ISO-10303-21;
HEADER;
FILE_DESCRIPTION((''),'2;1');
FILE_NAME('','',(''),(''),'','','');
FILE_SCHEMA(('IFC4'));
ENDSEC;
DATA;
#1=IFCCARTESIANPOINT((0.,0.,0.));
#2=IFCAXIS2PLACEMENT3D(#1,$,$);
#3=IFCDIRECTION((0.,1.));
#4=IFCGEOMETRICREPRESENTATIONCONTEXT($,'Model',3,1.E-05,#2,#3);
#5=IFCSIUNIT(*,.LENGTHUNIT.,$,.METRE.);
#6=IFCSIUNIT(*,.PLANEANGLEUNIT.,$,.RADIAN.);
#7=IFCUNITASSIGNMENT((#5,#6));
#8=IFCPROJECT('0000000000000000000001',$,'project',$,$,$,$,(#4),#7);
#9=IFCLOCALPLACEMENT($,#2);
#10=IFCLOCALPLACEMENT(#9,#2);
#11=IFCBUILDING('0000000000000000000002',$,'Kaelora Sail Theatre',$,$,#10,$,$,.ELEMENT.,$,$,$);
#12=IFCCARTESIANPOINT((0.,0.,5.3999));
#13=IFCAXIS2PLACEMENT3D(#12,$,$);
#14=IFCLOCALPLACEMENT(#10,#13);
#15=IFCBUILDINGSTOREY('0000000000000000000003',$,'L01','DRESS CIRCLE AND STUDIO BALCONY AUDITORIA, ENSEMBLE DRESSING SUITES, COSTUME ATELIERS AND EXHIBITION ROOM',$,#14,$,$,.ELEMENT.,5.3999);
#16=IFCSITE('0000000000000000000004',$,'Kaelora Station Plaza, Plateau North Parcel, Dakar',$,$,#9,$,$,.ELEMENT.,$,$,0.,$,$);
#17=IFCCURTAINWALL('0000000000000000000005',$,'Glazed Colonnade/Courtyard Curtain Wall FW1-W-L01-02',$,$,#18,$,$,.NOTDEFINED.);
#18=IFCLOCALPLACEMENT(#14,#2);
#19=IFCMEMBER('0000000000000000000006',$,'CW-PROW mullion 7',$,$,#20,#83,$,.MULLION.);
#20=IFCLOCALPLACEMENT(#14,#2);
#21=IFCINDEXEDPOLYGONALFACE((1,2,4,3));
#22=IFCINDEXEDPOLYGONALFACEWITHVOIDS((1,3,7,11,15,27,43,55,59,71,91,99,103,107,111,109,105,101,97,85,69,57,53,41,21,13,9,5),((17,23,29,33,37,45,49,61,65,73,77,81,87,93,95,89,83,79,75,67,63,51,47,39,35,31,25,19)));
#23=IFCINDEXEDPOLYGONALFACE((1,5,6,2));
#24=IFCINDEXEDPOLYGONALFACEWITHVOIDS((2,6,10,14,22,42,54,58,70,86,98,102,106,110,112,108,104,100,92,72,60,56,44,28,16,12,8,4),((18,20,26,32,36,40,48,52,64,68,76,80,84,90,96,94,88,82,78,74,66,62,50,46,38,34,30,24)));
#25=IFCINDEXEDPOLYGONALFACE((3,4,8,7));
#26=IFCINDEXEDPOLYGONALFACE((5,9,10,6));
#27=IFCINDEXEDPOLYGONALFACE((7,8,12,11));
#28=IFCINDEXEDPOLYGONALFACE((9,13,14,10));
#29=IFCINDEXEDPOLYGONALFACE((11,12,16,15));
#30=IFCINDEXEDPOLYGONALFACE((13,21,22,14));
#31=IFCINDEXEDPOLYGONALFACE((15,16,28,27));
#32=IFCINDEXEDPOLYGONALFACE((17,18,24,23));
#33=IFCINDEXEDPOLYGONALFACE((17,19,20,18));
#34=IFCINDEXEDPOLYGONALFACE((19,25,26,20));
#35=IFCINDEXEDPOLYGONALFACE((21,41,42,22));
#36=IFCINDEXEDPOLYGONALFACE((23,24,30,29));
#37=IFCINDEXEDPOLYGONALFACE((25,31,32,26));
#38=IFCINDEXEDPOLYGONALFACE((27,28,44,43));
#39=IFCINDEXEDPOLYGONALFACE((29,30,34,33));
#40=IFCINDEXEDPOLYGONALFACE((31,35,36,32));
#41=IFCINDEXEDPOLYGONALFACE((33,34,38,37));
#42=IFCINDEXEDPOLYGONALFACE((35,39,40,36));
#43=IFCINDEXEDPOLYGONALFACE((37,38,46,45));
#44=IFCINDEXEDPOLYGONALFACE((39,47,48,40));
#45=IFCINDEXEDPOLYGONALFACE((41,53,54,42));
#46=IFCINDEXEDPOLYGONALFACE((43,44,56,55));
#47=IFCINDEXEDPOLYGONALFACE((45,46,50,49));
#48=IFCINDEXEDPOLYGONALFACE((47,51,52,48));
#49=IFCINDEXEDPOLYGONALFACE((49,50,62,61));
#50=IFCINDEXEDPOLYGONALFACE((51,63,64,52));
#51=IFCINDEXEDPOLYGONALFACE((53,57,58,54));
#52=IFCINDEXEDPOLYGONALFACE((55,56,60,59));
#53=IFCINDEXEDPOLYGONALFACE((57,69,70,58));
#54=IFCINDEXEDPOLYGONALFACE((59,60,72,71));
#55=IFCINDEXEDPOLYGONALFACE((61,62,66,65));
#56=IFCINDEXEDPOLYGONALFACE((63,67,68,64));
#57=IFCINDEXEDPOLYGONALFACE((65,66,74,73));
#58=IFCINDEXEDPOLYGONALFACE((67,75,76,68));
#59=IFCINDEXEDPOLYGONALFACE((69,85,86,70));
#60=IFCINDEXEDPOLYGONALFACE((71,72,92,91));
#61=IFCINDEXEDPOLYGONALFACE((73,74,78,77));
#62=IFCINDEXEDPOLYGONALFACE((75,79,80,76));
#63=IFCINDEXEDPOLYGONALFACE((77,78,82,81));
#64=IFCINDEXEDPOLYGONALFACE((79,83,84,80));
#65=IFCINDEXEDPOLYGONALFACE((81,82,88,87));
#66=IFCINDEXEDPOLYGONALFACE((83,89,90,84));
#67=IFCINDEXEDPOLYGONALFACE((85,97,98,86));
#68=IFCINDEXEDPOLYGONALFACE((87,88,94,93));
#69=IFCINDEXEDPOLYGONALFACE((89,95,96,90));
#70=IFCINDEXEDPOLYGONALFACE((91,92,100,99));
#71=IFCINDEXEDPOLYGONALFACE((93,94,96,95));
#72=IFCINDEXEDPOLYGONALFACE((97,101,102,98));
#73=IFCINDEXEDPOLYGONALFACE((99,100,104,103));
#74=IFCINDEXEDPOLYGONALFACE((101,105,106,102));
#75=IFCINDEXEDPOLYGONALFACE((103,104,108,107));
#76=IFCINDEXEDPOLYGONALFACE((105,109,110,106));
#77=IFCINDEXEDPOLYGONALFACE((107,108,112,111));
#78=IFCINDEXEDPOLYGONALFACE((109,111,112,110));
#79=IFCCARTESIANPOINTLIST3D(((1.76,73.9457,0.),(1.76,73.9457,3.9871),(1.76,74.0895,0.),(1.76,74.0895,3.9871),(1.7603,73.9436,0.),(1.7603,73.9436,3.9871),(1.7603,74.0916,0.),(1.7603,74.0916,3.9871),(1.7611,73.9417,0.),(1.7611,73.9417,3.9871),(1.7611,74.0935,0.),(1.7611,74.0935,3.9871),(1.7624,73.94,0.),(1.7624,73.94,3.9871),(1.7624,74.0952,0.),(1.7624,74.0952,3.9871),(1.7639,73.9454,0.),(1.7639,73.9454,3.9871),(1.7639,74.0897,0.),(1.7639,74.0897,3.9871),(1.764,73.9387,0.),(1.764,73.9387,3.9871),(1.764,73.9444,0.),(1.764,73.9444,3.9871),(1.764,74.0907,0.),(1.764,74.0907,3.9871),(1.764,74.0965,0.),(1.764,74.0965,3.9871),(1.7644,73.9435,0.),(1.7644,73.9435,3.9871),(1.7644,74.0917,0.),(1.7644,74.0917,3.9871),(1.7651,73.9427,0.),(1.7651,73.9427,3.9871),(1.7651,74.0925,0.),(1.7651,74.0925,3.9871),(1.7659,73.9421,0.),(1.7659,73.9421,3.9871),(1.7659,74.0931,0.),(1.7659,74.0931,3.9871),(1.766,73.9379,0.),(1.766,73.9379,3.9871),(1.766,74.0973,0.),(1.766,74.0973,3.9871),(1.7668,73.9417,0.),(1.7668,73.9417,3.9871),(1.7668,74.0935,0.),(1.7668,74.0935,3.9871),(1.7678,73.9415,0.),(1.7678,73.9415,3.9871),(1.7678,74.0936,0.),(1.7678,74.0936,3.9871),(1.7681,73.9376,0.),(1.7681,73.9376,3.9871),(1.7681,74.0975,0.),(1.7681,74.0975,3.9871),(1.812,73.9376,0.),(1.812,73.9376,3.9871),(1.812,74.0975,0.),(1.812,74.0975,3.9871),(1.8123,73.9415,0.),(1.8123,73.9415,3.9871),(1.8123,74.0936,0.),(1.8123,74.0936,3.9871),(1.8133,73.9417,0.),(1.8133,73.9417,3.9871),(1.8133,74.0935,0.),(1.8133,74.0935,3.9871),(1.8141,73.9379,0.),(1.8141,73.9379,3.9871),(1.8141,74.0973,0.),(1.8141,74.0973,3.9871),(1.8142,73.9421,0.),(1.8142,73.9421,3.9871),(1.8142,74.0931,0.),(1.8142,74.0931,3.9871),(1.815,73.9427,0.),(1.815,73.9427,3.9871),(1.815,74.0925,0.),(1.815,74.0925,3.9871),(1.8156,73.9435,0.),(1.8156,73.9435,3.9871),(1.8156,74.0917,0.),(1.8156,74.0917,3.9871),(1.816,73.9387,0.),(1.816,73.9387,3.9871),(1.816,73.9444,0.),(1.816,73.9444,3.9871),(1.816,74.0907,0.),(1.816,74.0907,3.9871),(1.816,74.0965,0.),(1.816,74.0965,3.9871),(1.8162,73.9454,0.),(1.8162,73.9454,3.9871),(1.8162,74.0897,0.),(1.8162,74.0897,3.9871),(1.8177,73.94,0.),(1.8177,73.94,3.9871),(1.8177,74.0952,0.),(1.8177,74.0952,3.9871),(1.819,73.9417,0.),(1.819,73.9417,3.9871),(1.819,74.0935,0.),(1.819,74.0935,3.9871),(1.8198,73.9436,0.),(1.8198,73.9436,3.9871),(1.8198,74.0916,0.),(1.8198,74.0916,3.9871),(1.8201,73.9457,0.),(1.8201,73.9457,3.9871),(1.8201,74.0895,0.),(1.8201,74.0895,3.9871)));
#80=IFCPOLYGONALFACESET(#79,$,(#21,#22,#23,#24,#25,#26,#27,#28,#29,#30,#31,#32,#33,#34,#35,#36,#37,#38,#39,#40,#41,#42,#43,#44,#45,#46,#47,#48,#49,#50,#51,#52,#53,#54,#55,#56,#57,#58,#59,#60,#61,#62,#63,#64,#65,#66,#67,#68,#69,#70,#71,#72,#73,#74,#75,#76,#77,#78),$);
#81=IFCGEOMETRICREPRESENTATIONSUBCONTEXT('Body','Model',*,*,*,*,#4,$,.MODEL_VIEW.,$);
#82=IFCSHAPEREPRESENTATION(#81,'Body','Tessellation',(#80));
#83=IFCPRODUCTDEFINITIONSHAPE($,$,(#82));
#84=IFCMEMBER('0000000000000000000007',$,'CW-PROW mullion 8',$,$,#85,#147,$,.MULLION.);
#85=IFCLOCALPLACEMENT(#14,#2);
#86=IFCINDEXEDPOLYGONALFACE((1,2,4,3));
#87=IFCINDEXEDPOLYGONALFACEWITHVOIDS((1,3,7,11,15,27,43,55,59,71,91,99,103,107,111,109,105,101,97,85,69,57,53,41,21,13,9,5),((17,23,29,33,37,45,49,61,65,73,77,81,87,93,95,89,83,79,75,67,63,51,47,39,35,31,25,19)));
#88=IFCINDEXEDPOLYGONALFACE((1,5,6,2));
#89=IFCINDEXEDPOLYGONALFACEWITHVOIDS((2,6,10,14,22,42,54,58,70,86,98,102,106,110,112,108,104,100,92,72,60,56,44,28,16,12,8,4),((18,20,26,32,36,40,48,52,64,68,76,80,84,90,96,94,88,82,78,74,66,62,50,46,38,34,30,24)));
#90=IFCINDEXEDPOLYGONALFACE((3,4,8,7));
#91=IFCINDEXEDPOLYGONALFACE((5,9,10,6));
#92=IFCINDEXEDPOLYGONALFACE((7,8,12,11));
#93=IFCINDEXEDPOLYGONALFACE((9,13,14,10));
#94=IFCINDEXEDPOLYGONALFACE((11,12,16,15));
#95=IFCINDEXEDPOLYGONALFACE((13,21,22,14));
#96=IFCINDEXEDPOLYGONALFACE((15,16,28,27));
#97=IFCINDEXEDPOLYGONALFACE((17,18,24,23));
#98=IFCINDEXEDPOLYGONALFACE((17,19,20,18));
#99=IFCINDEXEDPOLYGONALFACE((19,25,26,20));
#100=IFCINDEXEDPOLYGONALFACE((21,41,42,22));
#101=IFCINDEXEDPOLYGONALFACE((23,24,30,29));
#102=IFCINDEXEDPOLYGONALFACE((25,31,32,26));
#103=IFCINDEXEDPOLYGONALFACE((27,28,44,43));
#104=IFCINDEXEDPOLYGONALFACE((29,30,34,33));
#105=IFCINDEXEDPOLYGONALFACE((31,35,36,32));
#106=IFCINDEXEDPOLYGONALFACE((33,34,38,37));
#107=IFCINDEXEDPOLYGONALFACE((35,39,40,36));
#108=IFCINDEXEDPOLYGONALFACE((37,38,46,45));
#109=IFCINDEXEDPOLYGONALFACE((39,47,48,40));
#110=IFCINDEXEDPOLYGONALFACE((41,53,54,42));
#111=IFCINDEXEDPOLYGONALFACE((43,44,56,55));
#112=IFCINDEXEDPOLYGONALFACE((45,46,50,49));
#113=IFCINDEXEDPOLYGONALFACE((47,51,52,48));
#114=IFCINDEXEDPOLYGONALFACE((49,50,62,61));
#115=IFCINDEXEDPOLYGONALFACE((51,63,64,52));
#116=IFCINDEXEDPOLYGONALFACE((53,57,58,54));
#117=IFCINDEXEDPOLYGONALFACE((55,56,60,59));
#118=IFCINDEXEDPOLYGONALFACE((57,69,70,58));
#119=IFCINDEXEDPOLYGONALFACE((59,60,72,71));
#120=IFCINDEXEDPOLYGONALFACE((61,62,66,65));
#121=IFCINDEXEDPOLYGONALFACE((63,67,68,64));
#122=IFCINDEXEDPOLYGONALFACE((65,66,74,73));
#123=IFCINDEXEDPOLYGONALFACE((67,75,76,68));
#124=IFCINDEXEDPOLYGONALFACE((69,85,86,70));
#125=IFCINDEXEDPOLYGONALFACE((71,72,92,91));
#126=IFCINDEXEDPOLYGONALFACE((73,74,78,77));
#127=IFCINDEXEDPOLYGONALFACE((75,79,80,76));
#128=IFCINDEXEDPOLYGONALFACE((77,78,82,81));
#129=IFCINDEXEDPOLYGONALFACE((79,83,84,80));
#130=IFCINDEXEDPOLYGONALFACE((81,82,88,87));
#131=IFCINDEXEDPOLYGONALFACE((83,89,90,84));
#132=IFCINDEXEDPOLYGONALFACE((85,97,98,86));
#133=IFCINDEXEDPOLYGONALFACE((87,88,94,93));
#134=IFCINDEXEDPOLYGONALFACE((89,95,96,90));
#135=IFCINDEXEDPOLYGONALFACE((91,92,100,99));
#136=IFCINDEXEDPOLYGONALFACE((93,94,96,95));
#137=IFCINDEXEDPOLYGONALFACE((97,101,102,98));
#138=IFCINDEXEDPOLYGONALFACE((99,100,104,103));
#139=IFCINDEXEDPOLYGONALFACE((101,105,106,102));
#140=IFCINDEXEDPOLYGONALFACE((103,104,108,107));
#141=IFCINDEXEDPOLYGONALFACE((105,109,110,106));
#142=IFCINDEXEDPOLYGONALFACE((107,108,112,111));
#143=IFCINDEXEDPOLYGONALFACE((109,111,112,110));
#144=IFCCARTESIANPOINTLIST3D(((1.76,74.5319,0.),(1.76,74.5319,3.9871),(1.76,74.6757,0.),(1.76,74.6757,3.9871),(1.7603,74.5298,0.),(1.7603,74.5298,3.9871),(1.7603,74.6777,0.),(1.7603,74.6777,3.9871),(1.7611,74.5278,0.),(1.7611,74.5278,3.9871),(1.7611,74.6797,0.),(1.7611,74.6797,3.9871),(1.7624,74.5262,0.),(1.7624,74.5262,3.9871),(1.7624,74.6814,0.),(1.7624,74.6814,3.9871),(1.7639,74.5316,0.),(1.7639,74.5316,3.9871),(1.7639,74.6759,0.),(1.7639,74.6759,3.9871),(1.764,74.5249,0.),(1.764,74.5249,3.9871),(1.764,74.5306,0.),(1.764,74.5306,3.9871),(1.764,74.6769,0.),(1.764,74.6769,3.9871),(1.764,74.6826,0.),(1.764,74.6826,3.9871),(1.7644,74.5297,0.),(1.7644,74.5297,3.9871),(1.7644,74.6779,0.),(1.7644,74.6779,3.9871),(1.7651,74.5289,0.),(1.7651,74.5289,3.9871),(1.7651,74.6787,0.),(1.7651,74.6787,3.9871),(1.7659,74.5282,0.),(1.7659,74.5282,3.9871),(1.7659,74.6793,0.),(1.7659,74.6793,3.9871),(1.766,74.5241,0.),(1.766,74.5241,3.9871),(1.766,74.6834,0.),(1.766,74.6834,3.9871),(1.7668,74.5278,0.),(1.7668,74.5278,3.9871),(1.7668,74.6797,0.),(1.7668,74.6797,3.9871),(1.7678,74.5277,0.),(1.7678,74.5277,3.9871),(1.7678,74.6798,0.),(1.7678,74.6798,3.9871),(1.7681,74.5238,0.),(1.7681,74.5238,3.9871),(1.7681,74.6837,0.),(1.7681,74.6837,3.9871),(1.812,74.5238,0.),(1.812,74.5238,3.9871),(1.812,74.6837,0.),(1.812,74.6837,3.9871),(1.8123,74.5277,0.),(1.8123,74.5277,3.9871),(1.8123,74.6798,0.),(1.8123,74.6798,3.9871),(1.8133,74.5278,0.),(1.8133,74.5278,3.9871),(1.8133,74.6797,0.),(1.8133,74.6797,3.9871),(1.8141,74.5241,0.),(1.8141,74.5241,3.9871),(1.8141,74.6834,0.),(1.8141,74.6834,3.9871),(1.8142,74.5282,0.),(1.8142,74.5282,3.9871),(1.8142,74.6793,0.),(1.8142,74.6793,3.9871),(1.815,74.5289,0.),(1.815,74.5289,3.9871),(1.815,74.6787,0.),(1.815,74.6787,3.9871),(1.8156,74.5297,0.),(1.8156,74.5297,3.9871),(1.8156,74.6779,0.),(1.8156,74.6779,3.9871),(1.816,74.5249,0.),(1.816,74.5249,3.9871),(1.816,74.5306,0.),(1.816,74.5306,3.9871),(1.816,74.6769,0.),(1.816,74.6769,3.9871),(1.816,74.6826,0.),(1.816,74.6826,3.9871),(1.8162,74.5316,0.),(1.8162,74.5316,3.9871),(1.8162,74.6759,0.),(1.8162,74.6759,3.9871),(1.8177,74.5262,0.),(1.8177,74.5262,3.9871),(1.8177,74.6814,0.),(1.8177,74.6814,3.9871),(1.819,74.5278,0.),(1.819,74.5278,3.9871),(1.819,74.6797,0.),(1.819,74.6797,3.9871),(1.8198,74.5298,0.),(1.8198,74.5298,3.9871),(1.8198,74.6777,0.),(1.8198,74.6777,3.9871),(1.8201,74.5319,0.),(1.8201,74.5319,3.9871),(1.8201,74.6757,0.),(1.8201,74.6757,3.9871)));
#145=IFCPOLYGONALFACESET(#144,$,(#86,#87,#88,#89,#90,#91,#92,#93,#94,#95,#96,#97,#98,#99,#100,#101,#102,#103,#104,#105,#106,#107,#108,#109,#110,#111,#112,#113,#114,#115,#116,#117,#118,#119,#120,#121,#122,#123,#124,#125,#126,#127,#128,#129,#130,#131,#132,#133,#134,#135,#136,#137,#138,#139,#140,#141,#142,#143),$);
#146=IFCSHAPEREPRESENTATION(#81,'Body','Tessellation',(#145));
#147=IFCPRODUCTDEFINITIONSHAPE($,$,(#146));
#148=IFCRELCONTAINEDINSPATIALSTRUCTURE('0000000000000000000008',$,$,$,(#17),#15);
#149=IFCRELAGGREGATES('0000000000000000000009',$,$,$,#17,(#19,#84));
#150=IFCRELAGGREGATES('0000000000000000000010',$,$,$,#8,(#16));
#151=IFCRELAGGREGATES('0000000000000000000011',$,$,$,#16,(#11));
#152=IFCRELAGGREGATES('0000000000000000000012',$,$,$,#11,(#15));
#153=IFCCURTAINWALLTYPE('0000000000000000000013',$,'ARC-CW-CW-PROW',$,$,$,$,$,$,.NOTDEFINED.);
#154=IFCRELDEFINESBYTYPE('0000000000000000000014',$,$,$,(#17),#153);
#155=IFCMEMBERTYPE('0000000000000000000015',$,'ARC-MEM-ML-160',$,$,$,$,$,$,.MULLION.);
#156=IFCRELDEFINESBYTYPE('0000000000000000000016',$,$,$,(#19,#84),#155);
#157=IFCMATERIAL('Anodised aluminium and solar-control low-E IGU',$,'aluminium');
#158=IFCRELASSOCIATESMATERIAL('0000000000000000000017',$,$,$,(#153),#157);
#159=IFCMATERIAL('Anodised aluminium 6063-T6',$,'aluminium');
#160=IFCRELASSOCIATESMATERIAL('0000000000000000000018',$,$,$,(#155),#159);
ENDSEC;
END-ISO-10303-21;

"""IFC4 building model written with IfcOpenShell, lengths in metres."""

from ifc_helpers import new_model, si_unit, direction, frame, origin, origin_2d, place, context, subcontext, project, spatial, hollow_rectangle, extrude, material, material_profile, profile_set, type_object, element, aggregate, save


model = new_model("IFC4")

# Units and contexts
model_context = context("Model", 3, precision=1e-05, world=origin(), true_north=direction((0.0, 1.0)))
body_context = subcontext(model_context, "Body", "Model", "MODEL_VIEW")
ifc_project = project(units=[si_unit("LENGTHUNIT", "METRE"), si_unit("PLANEANGLEUNIT", "RADIAN")], contexts=[model_context])

# Site, building, storey
site_placement = place(None, origin())
site = spatial("IfcSite", under=ifc_project, at=site_placement, Name="Kaelora Station Plaza, Plateau North Parcel, Dakar", CompositionType="ELEMENT", RefElevation=0.0)
building_placement = place(site_placement, origin())
building = spatial("IfcBuilding", under=site, at=building_placement, Name="Kaelora Sail Theatre", CompositionType="ELEMENT")
storey_placement = place(building_placement, frame((0.0, 0.0, 5.3999)))
storey = spatial("IfcBuildingStorey", under=building, at=storey_placement, Name="L01", Description="DRESS CIRCLE AND STUDIO BALCONY AUDITORIA, ENSEMBLE DRESSING SUITES, COSTUME ATELIERS AND EXHIBITION ROOM", CompositionType="ELEMENT", Elevation=5.3999)

# Curtain wall, members
ifc_material_1 = material(Name="Anodised aluminium and solar-control low-E IGU", Category="aluminium")
curtain_wall_type = type_object("IfcCurtainWallType", Name="ARC-CW-CW-PROW", PredefinedType="NOTDEFINED", material=ifc_material_1)
curtain_wall_placement = place(storey_placement, origin())
curtain_wall = element("IfcCurtainWall", 1, at=curtain_wall_placement, inside=storey, type_object=curtain_wall_type, Name="Glazed Colonnade/Courtyard Curtain Wall FW1-W-L01-02", PredefinedType="NOTDEFINED")
ifc_material_2 = material(Name="Anodised aluminium 6063-T6", Category="aluminium")
ifc_material_profile_1 = material_profile(ifc_material_2, hollow_rectangle(XDim=0.0601, YDim=0.1599, WallThickness=0.0039, InnerFilletRadius=0.0039, OuterFilletRadius=0.0081, at=origin_2d()), Name="ALU-MULL 60x160x4")
ifc_profile_set_1 = profile_set([ifc_material_profile_1], Name="Anodised aluminium 6063-T6")
member_type_1 = type_object("IfcMemberType", Name="ARC-MEM-ML-160", PredefinedType="MULLION", material=ifc_profile_set_1)
member_1_placement = place(storey_placement, frame((1.79, 74.0176, 0.0), z_axis=(0.0, 0.0, 1.0), x_axis=(-1.0, 0.0, 0.0)))
member_1 = element("IfcMember", 2, at=member_1_placement, type_object=member_type_1, Name="CW-PROW mullion 7", PredefinedType="MULLION", context=body_context, shape_type="SweptSolid", body=[
    extrude(hollow_rectangle(XDim=0.0601, YDim=0.1599, WallThickness=0.0039, InnerFilletRadius=0.0039, OuterFilletRadius=0.0081, at=origin_2d()), origin(), (0.0, 0.0, 1.0), 3.9871),
])
member_2_placement = place(storey_placement, frame((1.79, 74.6038, 0.0), z_axis=(0.0, 0.0, 1.0), x_axis=(-1.0, 0.0, 0.0)))
member_2 = element("IfcMember", 3, at=member_2_placement, type_object=member_type_1, Name="CW-PROW mullion 8", PredefinedType="MULLION", context=body_context, shape_type="SweptSolid", body=[
    extrude(hollow_rectangle(XDim=0.0601, YDim=0.1599, WallThickness=0.0039, InnerFilletRadius=0.0039, OuterFilletRadius=0.0081, at=origin_2d()), origin(), (0.0, 0.0, 1.0), 3.9871),
])
aggregate(curtain_wall, [member_1, member_2])

save(model, "model.ifc")
